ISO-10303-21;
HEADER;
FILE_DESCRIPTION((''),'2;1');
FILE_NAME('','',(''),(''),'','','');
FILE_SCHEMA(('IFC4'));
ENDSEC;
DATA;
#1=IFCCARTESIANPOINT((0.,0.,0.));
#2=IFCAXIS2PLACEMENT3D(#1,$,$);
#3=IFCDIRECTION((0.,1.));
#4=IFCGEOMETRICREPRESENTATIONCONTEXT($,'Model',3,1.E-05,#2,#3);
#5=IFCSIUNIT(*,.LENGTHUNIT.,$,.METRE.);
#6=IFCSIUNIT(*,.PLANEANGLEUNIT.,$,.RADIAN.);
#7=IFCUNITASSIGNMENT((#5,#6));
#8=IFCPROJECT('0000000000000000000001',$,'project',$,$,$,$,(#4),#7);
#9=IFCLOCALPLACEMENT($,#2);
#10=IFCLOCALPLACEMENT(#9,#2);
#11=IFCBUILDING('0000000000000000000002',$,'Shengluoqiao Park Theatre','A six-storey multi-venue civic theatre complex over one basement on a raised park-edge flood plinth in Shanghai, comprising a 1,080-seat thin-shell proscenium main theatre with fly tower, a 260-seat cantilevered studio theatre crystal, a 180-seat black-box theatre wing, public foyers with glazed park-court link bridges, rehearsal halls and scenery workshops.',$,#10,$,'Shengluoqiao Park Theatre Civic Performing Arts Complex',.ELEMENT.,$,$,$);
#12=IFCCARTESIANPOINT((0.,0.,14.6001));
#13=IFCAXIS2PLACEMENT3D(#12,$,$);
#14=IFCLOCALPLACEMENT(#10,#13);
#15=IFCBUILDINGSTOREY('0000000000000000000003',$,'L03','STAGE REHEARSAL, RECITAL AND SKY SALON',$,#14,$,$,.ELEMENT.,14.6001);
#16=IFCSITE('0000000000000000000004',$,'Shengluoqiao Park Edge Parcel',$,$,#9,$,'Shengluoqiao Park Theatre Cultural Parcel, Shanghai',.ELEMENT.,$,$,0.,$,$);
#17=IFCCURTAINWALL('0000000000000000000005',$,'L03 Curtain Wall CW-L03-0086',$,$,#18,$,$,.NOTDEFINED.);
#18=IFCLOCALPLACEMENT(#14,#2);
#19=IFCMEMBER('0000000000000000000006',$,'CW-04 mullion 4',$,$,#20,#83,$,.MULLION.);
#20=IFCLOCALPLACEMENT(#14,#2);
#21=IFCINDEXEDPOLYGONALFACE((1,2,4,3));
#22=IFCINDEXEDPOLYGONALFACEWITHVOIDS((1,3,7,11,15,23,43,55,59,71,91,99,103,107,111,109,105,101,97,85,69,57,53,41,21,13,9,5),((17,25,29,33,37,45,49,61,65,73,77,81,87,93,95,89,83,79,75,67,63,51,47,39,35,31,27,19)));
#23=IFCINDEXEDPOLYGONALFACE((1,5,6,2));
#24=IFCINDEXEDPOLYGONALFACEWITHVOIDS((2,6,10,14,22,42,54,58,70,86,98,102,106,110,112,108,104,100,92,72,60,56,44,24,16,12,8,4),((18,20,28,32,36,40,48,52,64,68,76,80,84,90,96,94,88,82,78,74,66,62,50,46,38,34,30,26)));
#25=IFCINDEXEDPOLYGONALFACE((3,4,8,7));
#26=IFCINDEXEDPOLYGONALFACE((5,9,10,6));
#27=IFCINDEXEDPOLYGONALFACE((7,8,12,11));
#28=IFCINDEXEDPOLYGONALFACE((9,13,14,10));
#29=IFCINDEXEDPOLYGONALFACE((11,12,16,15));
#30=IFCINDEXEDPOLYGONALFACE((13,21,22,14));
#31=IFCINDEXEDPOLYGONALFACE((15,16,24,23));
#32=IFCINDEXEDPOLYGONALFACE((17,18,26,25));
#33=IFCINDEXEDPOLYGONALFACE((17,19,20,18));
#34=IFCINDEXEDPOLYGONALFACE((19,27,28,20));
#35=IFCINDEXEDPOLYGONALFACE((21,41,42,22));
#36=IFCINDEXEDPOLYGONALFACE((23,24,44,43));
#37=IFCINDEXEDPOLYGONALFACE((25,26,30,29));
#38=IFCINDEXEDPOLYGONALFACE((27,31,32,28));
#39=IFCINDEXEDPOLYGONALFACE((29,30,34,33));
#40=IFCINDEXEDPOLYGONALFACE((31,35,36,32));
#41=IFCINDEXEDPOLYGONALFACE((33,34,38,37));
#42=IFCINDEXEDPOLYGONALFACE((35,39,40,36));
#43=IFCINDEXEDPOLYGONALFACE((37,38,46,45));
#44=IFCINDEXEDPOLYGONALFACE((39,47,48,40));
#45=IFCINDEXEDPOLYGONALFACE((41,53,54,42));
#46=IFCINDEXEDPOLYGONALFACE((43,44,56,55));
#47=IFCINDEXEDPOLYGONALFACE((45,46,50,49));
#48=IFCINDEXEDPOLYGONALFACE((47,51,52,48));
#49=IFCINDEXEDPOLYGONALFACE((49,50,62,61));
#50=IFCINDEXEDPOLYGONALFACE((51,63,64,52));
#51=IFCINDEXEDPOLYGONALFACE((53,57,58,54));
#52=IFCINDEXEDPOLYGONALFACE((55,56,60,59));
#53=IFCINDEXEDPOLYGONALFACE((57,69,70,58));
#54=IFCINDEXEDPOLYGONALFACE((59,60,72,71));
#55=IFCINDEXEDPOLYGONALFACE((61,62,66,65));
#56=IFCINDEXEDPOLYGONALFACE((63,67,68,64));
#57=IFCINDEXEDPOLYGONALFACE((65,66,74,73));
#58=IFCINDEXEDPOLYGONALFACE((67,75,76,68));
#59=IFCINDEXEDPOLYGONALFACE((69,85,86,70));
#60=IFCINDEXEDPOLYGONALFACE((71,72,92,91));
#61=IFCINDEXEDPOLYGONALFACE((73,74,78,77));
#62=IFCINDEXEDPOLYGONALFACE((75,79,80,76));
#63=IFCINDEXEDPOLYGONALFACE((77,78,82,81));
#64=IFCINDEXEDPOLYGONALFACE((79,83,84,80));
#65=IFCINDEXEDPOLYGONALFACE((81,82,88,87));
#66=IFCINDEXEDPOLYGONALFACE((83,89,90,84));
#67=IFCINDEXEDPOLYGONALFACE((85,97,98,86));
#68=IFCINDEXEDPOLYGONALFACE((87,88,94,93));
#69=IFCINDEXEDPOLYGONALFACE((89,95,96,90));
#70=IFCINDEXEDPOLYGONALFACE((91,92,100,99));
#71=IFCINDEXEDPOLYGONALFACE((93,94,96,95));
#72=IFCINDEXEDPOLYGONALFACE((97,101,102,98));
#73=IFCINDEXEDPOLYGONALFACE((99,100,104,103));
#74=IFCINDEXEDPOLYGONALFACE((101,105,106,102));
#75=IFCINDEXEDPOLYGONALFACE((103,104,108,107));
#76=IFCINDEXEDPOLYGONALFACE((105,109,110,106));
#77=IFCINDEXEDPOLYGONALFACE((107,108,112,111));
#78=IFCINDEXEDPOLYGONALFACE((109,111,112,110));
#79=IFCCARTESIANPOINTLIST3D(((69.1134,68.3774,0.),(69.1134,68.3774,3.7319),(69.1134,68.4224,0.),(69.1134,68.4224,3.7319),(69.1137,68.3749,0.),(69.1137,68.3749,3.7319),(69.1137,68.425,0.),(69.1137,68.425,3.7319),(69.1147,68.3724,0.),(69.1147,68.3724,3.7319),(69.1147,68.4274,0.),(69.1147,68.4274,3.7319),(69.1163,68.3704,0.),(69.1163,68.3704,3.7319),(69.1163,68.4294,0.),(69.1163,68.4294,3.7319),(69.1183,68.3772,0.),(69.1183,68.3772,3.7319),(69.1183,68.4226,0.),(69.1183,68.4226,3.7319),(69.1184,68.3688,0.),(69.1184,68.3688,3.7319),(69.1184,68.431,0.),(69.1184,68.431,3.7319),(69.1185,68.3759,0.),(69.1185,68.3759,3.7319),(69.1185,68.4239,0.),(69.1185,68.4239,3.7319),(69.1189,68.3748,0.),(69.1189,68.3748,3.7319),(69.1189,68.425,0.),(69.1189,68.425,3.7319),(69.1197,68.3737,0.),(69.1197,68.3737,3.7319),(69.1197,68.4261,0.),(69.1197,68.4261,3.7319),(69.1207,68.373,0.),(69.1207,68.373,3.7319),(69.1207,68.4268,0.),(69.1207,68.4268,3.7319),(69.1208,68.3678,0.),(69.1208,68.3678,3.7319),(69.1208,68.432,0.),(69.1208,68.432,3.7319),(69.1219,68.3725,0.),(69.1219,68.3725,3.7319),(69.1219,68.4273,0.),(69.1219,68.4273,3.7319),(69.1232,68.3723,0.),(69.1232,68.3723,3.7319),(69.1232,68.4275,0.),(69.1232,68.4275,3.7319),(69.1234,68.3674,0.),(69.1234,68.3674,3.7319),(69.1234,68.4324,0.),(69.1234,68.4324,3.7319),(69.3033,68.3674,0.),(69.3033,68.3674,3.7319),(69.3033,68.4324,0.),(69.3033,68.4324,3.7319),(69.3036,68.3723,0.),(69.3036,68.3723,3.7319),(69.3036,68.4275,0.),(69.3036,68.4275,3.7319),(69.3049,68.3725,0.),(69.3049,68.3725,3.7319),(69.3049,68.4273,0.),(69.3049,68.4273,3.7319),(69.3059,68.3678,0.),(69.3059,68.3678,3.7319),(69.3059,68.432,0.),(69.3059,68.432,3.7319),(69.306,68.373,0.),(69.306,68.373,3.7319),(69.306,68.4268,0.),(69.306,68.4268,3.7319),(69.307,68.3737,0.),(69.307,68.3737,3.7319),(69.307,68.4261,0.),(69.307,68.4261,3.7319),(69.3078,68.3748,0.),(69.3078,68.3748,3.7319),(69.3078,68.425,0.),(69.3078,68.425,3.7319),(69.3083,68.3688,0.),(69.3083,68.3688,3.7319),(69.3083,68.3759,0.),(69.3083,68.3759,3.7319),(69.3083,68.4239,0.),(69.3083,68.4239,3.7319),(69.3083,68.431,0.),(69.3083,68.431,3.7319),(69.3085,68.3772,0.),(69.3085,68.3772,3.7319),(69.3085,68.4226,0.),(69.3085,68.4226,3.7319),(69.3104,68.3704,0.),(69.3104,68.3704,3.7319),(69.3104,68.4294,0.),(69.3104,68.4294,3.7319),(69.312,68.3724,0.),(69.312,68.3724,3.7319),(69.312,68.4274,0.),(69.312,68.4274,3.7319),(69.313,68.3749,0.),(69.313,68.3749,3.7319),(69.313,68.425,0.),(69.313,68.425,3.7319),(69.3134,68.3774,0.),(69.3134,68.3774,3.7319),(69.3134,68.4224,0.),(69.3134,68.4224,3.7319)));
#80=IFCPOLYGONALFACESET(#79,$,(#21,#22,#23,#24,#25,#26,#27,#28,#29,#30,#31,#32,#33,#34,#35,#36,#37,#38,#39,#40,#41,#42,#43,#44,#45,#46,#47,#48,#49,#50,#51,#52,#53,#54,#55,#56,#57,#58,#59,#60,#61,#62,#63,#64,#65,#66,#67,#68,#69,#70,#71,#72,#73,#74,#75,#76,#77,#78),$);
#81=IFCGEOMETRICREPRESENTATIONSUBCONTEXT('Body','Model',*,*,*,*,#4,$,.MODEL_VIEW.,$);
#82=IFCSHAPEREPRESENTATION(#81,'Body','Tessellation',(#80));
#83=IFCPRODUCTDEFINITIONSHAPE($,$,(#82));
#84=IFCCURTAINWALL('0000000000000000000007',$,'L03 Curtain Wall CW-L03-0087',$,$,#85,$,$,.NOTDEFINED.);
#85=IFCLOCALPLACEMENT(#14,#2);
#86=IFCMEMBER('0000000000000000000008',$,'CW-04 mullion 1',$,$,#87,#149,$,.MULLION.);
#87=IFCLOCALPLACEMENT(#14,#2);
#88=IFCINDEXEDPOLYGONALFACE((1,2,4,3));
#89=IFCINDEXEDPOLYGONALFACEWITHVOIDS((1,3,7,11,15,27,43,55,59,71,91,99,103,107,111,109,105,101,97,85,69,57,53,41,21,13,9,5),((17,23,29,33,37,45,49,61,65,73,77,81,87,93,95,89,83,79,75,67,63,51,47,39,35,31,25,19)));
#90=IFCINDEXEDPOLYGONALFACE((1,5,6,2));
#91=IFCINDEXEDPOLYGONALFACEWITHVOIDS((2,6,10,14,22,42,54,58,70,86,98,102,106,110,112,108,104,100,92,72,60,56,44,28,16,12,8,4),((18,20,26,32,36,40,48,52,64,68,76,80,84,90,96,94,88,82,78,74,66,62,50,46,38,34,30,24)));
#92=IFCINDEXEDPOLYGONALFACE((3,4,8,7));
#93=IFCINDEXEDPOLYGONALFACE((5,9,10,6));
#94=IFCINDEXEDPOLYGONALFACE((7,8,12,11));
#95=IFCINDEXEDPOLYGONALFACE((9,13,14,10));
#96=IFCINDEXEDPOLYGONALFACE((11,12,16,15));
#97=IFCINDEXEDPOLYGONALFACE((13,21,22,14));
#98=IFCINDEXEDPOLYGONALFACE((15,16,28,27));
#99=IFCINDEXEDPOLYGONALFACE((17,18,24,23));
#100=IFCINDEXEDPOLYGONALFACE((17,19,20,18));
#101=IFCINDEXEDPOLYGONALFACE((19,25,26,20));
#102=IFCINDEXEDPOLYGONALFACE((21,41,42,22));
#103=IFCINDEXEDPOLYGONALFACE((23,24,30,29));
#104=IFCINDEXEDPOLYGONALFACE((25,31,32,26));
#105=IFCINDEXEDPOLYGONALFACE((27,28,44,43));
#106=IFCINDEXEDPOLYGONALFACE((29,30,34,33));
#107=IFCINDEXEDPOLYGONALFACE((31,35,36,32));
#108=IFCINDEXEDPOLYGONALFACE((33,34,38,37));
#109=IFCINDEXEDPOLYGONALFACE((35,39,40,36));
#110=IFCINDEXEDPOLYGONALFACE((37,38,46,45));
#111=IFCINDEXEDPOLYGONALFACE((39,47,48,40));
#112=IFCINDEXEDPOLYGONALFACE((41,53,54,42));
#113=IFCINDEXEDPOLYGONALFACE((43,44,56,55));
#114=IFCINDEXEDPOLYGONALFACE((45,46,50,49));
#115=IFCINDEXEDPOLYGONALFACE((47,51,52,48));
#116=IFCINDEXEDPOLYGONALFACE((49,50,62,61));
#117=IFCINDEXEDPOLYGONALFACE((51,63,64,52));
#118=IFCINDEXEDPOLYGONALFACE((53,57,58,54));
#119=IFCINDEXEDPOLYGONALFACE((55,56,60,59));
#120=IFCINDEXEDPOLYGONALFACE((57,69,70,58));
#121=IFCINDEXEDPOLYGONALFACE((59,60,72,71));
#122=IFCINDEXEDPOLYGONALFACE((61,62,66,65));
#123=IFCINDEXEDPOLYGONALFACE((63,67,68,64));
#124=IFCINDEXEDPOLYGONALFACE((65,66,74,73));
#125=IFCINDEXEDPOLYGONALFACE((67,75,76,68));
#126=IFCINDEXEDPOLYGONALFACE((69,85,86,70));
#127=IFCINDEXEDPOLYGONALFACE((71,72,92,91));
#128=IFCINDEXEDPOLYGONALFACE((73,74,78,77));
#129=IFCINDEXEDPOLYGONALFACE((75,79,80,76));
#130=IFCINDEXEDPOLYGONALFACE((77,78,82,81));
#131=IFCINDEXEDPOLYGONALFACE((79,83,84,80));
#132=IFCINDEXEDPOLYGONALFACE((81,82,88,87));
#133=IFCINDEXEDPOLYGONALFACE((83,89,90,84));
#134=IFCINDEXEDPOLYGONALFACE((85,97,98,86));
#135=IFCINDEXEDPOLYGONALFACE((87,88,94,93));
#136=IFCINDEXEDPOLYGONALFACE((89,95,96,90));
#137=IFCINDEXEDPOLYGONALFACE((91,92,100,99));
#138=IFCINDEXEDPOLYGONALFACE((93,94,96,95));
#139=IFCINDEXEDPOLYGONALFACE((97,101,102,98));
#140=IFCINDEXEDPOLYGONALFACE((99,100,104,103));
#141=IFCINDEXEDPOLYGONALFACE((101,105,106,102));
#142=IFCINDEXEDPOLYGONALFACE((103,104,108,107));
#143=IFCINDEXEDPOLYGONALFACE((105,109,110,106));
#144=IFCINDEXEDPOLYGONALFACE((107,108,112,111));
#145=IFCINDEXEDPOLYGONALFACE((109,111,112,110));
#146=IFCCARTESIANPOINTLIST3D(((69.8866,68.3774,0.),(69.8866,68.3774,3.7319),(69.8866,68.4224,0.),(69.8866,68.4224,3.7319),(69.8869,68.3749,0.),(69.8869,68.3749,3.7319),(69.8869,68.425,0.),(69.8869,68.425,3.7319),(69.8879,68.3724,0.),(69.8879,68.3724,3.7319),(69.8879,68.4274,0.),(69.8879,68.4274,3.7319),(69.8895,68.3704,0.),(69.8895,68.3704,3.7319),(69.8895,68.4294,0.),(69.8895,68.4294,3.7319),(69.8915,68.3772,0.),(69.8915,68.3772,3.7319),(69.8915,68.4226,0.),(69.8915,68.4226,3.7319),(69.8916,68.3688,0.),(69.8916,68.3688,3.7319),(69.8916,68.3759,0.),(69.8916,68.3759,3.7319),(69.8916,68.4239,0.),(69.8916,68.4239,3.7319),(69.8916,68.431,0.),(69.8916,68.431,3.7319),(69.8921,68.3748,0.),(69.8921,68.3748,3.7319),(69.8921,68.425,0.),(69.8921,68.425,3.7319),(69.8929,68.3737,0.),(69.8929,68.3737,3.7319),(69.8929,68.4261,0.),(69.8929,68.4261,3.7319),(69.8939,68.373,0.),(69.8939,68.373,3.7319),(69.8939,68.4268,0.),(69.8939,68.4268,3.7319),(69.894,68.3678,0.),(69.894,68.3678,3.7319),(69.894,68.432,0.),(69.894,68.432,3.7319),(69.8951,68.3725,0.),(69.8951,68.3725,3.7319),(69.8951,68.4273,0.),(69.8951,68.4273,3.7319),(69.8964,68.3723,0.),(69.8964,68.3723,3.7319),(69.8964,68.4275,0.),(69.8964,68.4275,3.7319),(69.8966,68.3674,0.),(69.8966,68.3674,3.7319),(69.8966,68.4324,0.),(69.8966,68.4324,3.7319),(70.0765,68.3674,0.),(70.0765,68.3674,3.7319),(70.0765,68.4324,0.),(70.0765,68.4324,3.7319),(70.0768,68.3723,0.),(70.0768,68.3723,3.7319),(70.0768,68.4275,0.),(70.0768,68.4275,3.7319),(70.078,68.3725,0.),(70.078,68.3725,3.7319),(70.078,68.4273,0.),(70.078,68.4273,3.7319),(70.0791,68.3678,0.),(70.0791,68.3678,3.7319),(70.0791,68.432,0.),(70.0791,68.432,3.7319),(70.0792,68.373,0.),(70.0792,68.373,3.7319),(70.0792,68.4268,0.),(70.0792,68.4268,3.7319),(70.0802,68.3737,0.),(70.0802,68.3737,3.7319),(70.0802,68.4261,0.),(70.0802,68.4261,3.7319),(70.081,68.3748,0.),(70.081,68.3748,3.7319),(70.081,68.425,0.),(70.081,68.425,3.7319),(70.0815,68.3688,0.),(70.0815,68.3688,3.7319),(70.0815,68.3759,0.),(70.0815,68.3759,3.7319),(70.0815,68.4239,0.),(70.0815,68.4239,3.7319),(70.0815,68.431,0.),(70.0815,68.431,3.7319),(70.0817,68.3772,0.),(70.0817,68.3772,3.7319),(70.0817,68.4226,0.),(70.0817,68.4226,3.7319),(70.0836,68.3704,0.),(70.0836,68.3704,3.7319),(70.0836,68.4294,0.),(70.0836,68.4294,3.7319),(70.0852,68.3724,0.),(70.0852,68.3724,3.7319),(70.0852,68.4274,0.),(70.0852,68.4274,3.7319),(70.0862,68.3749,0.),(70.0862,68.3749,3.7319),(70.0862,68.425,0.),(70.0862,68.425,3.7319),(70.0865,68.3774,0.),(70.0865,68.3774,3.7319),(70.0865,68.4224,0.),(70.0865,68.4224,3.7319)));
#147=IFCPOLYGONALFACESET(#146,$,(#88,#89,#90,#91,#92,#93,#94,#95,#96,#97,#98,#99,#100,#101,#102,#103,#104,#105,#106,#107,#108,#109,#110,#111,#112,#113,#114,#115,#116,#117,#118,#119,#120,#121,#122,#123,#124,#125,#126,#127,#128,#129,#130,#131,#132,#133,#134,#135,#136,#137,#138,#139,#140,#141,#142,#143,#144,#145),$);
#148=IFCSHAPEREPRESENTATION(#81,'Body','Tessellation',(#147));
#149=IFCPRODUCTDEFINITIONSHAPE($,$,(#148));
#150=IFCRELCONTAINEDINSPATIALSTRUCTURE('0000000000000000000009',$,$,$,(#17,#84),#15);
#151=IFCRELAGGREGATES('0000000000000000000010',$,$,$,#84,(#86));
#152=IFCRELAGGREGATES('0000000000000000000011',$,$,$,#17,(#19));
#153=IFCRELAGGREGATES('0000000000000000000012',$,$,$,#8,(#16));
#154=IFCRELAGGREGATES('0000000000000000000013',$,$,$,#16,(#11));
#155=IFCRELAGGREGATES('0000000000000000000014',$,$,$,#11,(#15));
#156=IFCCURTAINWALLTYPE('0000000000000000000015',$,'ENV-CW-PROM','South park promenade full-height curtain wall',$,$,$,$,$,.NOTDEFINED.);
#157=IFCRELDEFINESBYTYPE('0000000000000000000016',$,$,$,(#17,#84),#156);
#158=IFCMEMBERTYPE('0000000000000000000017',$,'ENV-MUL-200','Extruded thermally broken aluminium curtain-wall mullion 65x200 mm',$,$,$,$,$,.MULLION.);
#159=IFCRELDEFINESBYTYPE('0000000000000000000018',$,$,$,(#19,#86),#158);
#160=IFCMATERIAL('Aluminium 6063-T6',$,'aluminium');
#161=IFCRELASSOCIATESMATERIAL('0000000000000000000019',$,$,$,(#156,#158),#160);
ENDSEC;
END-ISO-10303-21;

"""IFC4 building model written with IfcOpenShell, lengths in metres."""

from ifc_helpers import new_model, si_unit, direction, frame, origin, origin_2d, place, context, subcontext, project, spatial, hollow_rectangle, extrude, material, material_profile, profile_set, type_object, element, aggregate, save


model = new_model("IFC4")

# Units and contexts
model_context = context("Model", 3, precision=1e-05, world=origin(), true_north=direction((0.0, 1.0)))
body_context = subcontext(model_context, "Body", "Model", "MODEL_VIEW")
ifc_project = project(units=[si_unit("LENGTHUNIT", "METRE"), si_unit("PLANEANGLEUNIT", "RADIAN")], contexts=[model_context])

# Site, building, storey
site_placement = place(None, origin())
site = spatial("IfcSite", under=ifc_project, at=site_placement, Name="Shengluoqiao Park Edge Parcel", LongName="Shengluoqiao Park Theatre Cultural Parcel, Shanghai", CompositionType="ELEMENT", RefElevation=0.0)
building_placement = place(site_placement, origin())
building = spatial("IfcBuilding", under=site, at=building_placement, Name="Shengluoqiao Park Theatre", Description="A six-storey multi-venue civic theatre complex over one basement on a raised park-edge flood plinth in Shanghai, comprising a 1,080-seat thin-shell proscenium main theatre with fly tower, a 260-seat cantilevered studio theatre crystal, a 180-seat black-box theatre wing, public foyers with glazed park-court link bridges, rehearsal halls and scenery workshops.", LongName="Shengluoqiao Park Theatre Civic Performing Arts Complex", CompositionType="ELEMENT")
storey_placement = place(building_placement, frame((0.0, 0.0, 14.6001)))
storey = spatial("IfcBuildingStorey", under=building, at=storey_placement, Name="L03", Description="STAGE REHEARSAL, RECITAL AND SKY SALON", CompositionType="ELEMENT", Elevation=14.6001)

# Shared definitions
ifc_material_1 = material(Name="Aluminium 6063-T6", Category="aluminium")
curtain_wall_type = type_object("IfcCurtainWallType", Name="ENV-CW-PROM", Description="South park promenade full-height curtain wall", PredefinedType="NOTDEFINED", material=ifc_material_1)
ifc_material_profile_1 = material_profile(ifc_material_1, hollow_rectangle(XDim=0.0649, YDim=0.2, WallThickness=0.0049, InnerFilletRadius=0.0049, OuterFilletRadius=0.01, at=origin_2d()), Name="ALU MULLION 200x65x5")
ifc_profile_set_1 = profile_set([ifc_material_profile_1], Name="Aluminium 6063-T6")
member_type_1 = type_object("IfcMemberType", Name="ENV-MUL-200", Description="Extruded thermally broken aluminium curtain-wall mullion 65x200 mm", PredefinedType="MULLION", material=ifc_profile_set_1)

# Curtain wall, member
curtain_wall_1_placement = place(storey_placement, origin())
curtain_wall_1 = element("IfcCurtainWall", 1, at=curtain_wall_1_placement, inside=storey, type_object=curtain_wall_type, Name="L03 Curtain Wall CW-L03-0086", PredefinedType="NOTDEFINED")
member_1_placement = place(storey_placement, frame((69.2134, 68.3999, 0.0), z_axis=(0.0, 0.0, 1.0), x_axis=(0.0, 1.0, 0.0)))
member_1 = element("IfcMember", 2, at=member_1_placement, type_object=member_type_1, Name="CW-04 mullion 4", PredefinedType="MULLION", context=body_context, shape_type="SweptSolid", body=[
    extrude(hollow_rectangle(XDim=0.0649, YDim=0.2, WallThickness=0.0049, InnerFilletRadius=0.0049, OuterFilletRadius=0.01, at=origin_2d()), origin(), (0.0, 0.0, 1.0), 3.7319),
])

# Curtain wall, member
curtain_wall_2_placement = place(storey_placement, origin())
curtain_wall_2 = element("IfcCurtainWall", 3, at=curtain_wall_2_placement, inside=storey, type_object=curtain_wall_type, Name="L03 Curtain Wall CW-L03-0087", PredefinedType="NOTDEFINED")
member_2_placement = place(storey_placement, frame((69.9866, 68.3999, 0.0), z_axis=(0.0, 0.0, 1.0), x_axis=(0.0, 1.0, 0.0)))
member_2 = element("IfcMember", 4, at=member_2_placement, type_object=member_type_1, Name="CW-04 mullion 1", PredefinedType="MULLION", context=body_context, shape_type="SweptSolid", body=[
    extrude(hollow_rectangle(XDim=0.0649, YDim=0.2, WallThickness=0.0049, InnerFilletRadius=0.0049, OuterFilletRadius=0.01, at=origin_2d()), origin(), (0.0, 0.0, 1.0), 3.7319),
])

aggregate(curtain_wall_2, [member_2])

aggregate(curtain_wall_1, [member_1])

save(model, "model.ifc")
